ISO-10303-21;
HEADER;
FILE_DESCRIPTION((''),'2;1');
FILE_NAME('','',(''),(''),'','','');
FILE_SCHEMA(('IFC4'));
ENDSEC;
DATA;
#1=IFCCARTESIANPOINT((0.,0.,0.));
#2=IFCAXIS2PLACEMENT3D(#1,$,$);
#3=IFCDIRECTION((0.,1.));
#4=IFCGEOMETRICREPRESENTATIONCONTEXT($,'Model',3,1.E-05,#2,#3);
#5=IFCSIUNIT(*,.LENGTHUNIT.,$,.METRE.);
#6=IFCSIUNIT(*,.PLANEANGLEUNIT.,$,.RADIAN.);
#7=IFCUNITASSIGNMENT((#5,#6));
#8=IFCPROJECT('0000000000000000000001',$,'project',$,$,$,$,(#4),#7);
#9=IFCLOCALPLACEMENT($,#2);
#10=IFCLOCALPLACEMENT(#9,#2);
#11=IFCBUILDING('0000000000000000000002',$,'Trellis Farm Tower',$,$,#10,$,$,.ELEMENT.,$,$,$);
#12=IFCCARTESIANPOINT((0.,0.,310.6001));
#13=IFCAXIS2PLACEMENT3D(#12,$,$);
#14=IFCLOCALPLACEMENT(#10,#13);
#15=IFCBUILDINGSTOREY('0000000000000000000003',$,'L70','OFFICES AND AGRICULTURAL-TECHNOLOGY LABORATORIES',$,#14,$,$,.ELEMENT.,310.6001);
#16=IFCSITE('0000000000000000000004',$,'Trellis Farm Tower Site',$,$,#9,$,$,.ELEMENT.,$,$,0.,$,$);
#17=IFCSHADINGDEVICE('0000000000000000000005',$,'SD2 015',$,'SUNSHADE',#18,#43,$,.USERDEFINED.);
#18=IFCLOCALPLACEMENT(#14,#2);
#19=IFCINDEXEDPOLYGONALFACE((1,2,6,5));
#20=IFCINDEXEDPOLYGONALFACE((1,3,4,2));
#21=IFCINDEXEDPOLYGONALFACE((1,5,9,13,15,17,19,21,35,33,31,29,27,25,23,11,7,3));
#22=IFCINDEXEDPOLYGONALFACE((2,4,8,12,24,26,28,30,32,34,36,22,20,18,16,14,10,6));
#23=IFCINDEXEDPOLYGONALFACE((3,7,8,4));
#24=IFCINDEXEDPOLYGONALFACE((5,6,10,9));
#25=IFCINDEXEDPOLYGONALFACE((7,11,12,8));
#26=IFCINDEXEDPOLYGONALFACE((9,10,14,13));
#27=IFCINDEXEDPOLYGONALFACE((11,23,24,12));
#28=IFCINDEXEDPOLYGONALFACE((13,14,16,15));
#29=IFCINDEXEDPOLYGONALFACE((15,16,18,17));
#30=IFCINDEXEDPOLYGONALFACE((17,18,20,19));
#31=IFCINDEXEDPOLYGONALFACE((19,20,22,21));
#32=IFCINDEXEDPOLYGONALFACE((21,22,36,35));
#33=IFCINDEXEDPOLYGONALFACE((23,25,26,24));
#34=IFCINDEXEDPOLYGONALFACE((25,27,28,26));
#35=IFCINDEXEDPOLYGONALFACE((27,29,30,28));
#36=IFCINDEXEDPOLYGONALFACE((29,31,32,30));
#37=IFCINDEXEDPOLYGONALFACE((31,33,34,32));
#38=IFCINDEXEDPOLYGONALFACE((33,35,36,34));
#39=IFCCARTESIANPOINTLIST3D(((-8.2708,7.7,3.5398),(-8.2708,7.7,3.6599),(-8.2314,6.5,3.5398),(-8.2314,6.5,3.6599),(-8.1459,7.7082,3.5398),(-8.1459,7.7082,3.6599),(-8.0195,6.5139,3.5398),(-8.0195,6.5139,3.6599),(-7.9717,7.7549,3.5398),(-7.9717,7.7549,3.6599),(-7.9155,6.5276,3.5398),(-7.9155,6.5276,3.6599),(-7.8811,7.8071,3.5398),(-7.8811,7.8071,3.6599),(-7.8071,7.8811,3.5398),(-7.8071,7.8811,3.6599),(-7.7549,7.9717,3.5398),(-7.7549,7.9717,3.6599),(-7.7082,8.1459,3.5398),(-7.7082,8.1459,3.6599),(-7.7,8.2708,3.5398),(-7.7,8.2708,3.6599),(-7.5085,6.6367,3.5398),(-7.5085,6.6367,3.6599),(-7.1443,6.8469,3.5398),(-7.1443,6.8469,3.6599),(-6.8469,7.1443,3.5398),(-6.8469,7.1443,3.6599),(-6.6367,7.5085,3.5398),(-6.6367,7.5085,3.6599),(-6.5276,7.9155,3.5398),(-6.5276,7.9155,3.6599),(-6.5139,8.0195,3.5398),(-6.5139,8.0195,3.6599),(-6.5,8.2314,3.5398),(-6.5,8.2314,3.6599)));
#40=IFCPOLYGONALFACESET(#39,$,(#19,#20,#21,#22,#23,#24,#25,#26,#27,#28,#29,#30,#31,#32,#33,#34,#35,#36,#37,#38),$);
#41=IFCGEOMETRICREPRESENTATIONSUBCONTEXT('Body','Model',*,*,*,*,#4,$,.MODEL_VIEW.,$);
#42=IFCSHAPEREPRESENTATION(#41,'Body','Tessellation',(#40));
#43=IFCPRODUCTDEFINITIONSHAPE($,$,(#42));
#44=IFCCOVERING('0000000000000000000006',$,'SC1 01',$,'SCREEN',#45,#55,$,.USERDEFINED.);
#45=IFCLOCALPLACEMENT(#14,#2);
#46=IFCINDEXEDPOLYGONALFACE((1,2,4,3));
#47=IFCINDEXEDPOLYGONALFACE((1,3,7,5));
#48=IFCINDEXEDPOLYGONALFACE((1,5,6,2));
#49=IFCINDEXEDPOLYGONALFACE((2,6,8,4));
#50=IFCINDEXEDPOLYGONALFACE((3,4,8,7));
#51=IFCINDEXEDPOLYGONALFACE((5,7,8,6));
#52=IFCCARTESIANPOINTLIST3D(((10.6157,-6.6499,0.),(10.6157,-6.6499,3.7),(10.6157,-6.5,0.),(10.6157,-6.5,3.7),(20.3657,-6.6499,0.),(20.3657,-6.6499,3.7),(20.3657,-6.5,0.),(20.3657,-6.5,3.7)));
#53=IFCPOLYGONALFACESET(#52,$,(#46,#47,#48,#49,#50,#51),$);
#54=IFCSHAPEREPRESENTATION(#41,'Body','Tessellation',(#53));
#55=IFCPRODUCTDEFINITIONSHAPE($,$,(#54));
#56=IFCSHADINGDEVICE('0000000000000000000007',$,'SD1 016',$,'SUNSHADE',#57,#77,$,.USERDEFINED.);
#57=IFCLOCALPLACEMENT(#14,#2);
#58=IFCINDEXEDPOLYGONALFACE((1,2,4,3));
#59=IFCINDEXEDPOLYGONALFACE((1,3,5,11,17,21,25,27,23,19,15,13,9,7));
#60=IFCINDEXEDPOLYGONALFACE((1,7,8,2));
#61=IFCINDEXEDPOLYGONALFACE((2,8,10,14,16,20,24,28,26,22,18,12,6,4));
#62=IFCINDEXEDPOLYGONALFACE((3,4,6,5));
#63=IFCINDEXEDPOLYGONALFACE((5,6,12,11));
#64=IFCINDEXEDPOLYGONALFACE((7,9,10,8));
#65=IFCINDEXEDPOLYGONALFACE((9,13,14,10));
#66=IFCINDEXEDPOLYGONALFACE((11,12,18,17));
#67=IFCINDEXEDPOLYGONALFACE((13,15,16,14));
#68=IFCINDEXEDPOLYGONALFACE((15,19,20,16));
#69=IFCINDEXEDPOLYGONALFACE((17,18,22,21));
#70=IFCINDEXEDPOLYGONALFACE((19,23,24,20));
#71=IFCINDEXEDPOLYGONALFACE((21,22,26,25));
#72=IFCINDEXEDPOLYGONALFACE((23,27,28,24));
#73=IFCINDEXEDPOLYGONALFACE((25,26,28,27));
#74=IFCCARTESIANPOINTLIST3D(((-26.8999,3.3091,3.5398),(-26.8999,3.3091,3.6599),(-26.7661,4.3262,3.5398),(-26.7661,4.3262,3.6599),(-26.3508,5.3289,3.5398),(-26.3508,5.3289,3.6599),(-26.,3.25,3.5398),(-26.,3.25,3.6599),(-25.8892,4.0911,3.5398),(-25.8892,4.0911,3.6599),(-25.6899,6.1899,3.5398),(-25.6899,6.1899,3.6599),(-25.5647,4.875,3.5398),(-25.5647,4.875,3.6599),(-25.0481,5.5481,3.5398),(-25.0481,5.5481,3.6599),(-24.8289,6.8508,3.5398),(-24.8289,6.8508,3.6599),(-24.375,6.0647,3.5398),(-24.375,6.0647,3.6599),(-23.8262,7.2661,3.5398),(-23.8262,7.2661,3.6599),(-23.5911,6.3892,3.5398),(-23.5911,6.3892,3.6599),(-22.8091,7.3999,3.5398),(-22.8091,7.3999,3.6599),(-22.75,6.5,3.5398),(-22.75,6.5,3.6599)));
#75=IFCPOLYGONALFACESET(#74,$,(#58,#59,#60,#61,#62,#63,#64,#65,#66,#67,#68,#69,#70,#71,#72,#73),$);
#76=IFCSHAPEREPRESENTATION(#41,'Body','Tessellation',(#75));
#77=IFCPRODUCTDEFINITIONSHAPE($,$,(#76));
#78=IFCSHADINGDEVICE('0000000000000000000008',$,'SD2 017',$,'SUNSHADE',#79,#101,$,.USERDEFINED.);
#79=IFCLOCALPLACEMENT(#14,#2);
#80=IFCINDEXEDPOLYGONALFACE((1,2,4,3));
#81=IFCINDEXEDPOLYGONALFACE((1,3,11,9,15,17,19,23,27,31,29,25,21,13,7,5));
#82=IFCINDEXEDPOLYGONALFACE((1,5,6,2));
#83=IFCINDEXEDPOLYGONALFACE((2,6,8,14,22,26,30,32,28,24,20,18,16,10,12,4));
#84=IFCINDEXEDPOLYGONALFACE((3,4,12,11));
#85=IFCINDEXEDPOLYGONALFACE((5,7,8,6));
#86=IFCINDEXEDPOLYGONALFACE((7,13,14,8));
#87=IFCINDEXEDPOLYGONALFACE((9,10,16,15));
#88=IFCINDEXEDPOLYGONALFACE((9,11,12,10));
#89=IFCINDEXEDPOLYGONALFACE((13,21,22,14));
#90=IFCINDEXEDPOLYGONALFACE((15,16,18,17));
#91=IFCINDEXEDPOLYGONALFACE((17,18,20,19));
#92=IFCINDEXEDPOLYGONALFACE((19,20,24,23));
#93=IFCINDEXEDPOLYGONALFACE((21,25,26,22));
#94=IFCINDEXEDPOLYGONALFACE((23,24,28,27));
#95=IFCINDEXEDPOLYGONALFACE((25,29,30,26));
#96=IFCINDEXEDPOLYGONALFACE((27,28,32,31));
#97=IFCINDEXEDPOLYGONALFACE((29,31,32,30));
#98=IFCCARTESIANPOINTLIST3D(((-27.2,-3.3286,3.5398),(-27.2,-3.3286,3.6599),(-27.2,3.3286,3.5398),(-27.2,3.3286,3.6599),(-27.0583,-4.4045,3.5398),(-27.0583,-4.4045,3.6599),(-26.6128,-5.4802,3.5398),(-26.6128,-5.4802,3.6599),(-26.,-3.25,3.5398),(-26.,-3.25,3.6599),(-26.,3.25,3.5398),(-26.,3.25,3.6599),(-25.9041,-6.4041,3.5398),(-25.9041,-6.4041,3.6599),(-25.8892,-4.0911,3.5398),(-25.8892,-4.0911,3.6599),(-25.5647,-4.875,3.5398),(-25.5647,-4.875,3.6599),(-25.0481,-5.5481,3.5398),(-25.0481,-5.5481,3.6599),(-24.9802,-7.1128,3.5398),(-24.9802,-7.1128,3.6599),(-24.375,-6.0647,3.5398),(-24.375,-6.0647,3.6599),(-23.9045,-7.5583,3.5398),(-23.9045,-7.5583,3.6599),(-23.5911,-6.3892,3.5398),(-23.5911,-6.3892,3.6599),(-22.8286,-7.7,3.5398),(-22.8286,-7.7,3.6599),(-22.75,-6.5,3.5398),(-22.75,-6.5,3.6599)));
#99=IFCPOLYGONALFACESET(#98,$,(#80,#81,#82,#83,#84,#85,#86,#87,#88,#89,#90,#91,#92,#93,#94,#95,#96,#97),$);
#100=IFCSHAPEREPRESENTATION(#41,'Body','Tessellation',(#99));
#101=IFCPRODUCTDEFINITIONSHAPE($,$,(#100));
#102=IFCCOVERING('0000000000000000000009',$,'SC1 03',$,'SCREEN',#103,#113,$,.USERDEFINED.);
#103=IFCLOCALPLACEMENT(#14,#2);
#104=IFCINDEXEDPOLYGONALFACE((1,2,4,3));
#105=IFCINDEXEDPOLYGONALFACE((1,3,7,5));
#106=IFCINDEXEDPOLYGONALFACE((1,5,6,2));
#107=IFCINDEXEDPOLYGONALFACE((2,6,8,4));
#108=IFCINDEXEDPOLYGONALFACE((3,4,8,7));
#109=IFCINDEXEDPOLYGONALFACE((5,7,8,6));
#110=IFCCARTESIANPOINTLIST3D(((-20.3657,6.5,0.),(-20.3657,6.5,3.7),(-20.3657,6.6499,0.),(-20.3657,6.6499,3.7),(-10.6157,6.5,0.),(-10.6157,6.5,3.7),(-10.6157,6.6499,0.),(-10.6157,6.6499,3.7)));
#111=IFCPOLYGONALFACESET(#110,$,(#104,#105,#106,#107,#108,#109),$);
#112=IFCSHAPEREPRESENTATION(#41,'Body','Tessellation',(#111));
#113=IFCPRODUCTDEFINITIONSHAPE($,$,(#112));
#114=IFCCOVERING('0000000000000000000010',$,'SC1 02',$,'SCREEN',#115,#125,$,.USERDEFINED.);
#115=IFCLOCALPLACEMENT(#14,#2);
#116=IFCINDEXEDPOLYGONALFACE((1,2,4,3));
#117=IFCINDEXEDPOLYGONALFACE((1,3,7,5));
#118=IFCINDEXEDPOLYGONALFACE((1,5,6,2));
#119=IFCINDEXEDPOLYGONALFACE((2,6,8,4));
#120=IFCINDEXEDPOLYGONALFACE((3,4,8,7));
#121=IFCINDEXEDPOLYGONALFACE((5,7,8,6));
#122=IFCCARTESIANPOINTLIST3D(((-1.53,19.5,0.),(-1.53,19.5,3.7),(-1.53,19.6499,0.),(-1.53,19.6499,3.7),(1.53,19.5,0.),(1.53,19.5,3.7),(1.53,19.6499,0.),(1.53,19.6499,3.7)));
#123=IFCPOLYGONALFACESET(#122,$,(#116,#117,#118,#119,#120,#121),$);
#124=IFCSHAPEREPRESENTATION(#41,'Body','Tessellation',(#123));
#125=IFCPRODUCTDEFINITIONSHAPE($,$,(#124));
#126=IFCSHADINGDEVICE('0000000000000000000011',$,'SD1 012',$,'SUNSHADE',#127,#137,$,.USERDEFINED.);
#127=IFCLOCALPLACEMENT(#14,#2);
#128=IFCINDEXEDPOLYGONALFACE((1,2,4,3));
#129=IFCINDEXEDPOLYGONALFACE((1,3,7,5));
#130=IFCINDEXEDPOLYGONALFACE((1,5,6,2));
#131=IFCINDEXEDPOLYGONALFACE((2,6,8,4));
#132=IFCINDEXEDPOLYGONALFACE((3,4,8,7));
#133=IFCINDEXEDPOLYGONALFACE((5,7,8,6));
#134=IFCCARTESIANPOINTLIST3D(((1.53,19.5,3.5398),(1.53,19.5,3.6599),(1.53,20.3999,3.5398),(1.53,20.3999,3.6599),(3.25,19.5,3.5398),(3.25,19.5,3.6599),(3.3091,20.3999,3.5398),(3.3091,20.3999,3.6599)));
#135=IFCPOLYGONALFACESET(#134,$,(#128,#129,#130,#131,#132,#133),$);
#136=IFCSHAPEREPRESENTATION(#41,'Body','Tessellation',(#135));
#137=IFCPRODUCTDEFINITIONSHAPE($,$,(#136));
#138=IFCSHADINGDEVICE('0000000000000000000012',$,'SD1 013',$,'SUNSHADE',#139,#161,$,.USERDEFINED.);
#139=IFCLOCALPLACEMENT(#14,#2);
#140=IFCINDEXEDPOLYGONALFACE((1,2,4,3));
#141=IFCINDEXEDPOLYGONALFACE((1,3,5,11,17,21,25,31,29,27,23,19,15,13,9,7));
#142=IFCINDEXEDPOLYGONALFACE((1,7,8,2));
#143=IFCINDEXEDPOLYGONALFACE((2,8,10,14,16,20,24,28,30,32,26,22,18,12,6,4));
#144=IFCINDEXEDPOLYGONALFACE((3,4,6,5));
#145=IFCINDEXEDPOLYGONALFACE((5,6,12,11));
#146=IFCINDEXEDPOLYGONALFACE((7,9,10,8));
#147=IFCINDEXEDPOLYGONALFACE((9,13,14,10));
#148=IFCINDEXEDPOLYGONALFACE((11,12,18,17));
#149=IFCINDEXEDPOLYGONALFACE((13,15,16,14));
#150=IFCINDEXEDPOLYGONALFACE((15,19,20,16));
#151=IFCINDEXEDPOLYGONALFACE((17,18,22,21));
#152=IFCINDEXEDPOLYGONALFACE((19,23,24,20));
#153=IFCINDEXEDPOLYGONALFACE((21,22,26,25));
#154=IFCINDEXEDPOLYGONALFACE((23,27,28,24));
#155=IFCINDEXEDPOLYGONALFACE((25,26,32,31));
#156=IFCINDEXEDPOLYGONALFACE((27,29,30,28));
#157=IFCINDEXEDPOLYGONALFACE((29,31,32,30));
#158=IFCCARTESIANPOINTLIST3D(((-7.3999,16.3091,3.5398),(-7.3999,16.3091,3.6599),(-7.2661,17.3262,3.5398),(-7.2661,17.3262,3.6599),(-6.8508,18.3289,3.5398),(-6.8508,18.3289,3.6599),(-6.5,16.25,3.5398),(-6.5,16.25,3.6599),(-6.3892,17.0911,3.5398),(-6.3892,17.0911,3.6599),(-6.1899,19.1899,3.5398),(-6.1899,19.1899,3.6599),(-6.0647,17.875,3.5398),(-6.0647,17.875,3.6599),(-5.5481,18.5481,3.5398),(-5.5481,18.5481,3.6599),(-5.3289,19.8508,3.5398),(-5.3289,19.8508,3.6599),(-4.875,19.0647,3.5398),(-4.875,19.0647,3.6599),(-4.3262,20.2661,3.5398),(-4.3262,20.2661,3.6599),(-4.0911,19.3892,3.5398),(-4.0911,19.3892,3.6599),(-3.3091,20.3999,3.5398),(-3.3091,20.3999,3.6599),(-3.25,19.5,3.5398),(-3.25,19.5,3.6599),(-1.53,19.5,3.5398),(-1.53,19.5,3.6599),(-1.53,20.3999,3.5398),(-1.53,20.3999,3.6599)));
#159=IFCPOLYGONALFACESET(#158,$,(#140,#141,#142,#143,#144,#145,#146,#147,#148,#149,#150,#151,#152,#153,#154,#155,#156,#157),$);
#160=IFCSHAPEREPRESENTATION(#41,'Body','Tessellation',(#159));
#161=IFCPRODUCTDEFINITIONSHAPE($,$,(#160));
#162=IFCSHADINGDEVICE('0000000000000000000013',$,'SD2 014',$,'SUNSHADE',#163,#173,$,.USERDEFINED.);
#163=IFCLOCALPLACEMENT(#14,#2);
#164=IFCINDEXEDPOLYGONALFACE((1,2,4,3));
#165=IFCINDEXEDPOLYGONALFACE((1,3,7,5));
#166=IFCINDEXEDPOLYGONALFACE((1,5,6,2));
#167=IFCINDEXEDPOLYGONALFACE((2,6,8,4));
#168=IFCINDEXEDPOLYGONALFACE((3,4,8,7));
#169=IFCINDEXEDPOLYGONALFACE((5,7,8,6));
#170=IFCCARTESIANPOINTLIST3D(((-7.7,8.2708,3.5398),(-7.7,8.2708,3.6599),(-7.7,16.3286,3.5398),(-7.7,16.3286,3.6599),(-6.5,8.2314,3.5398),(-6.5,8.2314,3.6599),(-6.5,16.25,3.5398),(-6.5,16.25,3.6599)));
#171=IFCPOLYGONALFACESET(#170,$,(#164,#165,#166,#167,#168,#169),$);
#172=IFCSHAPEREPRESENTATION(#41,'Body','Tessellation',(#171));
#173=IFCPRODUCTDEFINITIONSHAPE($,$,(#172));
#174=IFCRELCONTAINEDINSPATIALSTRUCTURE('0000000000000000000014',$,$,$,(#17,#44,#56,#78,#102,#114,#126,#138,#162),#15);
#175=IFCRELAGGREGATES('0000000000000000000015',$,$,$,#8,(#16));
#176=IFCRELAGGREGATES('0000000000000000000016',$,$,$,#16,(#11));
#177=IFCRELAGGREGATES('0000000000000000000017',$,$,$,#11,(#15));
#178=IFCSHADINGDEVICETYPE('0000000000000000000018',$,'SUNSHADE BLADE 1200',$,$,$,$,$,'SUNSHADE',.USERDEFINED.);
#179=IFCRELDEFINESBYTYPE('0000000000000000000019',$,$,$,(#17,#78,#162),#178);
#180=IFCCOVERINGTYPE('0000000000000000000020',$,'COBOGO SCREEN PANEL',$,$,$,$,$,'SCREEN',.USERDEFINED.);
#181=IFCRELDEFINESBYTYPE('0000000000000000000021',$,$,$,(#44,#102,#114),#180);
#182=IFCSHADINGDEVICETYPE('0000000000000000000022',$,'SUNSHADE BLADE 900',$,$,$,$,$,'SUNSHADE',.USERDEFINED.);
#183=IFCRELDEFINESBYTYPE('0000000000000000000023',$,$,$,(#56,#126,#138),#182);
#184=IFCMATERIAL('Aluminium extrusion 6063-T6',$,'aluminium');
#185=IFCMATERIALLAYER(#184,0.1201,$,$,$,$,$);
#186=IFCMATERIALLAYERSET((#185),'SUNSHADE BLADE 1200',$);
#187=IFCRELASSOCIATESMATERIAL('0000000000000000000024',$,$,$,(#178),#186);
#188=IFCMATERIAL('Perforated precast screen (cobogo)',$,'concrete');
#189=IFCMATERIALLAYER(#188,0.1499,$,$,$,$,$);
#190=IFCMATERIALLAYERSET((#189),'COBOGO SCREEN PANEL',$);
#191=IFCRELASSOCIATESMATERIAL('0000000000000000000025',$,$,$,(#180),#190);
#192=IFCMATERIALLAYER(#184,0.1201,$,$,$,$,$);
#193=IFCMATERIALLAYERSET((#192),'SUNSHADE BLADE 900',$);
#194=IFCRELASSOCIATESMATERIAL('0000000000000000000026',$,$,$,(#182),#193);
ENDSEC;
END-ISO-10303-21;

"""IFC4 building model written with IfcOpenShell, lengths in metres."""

from ifc_helpers import new_model, si_unit, direction, frame, origin, place, context, subcontext, project, spatial, polyline, outline, extrude, source, transform, mapped, material, layer, layer_set, type_object, element, save


model = new_model("IFC4")

# Units and contexts
model_context = context("Model", 3, precision=1e-05, world=origin(), true_north=direction((0.0, 1.0)))
body_context = subcontext(model_context, "Body", "Model", "MODEL_VIEW")
ifc_project = project(units=[si_unit("LENGTHUNIT", "METRE"), si_unit("PLANEANGLEUNIT", "RADIAN")], contexts=[model_context])

# Site, building, storey
site_placement = place(None, origin())
site = spatial("IfcSite", under=ifc_project, at=site_placement, Name="Trellis Farm Tower Site", CompositionType="ELEMENT", RefElevation=0.0)
building_placement = place(site_placement, origin())
building = spatial("IfcBuilding", under=site, at=building_placement, Name="Trellis Farm Tower", CompositionType="ELEMENT")
storey_placement = place(building_placement, frame((0.0, 0.0, 310.6001)))
storey = spatial("IfcBuildingStorey", under=building, at=storey_placement, Name="L70", Description="OFFICES AND AGRICULTURAL-TECHNOLOGY LABORATORIES", CompositionType="ELEMENT", Elevation=310.6001)

# Shared definitions
placement_1 = place(storey_placement, origin())
ifc_material_1 = material(Name="Aluminium extrusion 6063-T6", Category="aluminium")

# Shading device
ifc_layer_1 = layer(ifc_material_1, 0.1201)
ifc_layer_set_1 = layer_set([ifc_layer_1], Name="SUNSHADE BLADE 1200")
shading_device_type_1 = type_object("IfcShadingDeviceType", Name="SUNSHADE BLADE 1200", ElementType="SUNSHADE", PredefinedType="USERDEFINED", material=ifc_layer_set_1)
shared_shape_1 = source(origin(), body_context, "Body", "SweptSolid", [
    extrude(outline(polyline([(-7.7, 8.2708), (-7.7087, 8.1372), (-7.707, 8.1501), (-7.7549, 7.9717), (-7.8071, 7.8811), (-7.8811, 7.8071), (-7.9717, 7.7549), (-8.1501, 7.707), (-8.1372, 7.7087), (-8.2708, 7.7), (-8.2314, 6.5), (-8.0195, 6.5139), (-7.9155, 6.5276), (-7.5085, 6.6367), (-7.1443, 6.8469), (-6.8469, 7.1443), (-6.6367, 7.5085), (-6.5276, 7.9155), (-6.5139, 8.0195), (-6.5, 8.2314), (-7.7, 8.2708)])), origin(), (0.0, 0.0, 1.0), 0.1201),
])
placement_2 = place(storey_placement, frame((0.0, 0.0, 3.5398)))
element("IfcShadingDevice", 1, at=placement_2, inside=storey, type_object=shading_device_type_1, Name="SD2 015", ObjectType="SUNSHADE", PredefinedType="USERDEFINED", context=body_context, shape_type="MappedRepresentation", body=[
    mapped(shared_shape_1, transform((0.0, 0.0, 0.0))),
])

# Covering
ifc_material_2 = material(Name="Perforated precast screen (cobogo)", Category="concrete")
ifc_layer_2 = layer(ifc_material_2, 0.1499)
ifc_layer_set_2 = layer_set([ifc_layer_2], Name="COBOGO SCREEN PANEL")
covering_type = type_object("IfcCoveringType", Name="COBOGO SCREEN PANEL", ElementType="SCREEN", PredefinedType="USERDEFINED", material=ifc_layer_set_2)
shared_shape_2 = source(origin(), body_context, "Body", "SweptSolid", [
    extrude(outline(polyline([(10.6157, -6.6499), (20.3657, -6.6499), (20.3657, -6.5), (10.6157, -6.5), (10.6157, -6.6499)])), origin(), (0.0, 0.0, 1.0), 3.7),
])
element("IfcCovering", 2, at=placement_1, inside=storey, type_object=covering_type, Name="SC1 01", ObjectType="SCREEN", PredefinedType="USERDEFINED", context=body_context, shape_type="MappedRepresentation", body=[
    mapped(shared_shape_2, transform((0.0, 0.0, 0.0))),
])

# Shading devices
ifc_layer_3 = layer(ifc_material_1, 0.1201)
ifc_layer_set_3 = layer_set([ifc_layer_3], Name="SUNSHADE BLADE 900")
shading_device_type_2 = type_object("IfcShadingDeviceType", Name="SUNSHADE BLADE 900", ElementType="SUNSHADE", PredefinedType="USERDEFINED", material=ifc_layer_set_3)
shared_shape_3 = source(origin(), body_context, "Body", "SweptSolid", [
    extrude(outline(polyline([(-22.8091, 7.3999), (-23.8262, 7.2661), (-24.8289, 6.8508), (-25.6899, 6.1899), (-26.3508, 5.3289), (-26.7661, 4.3262), (-26.8999, 3.3091), (-26.0, 3.25), (-25.8892, 4.0911), (-25.5647, 4.875), (-25.0481, 5.5481), (-24.375, 6.0647), (-23.5911, 6.3892), (-22.75, 6.5), (-22.8091, 7.3999)])), origin(), (0.0, 0.0, 1.0), 0.1201),
])
element("IfcShadingDevice", 3, at=placement_2, inside=storey, type_object=shading_device_type_2, Name="SD1 016", ObjectType="SUNSHADE", PredefinedType="USERDEFINED", context=body_context, shape_type="MappedRepresentation", body=[
    mapped(shared_shape_3, transform((0.0, 0.0, 0.0))),
])
shared_shape_4 = source(origin(), body_context, "Body", "SweptSolid", [
    extrude(outline(polyline([(-27.2, 3.3286), (-27.2, -3.3286), (-27.0583, -4.4045), (-26.6128, -5.4802), (-25.9041, -6.4041), (-24.9802, -7.1128), (-23.9045, -7.5583), (-22.8286, -7.7), (-22.75, -6.5), (-23.5911, -6.3892), (-24.375, -6.0647), (-25.0481, -5.5481), (-25.5647, -4.875), (-25.8892, -4.0911), (-26.0, -3.25), (-26.0, 3.25), (-27.2, 3.3286)])), origin(), (0.0, 0.0, 1.0), 0.1201),
])
element("IfcShadingDevice", 4, at=placement_2, inside=storey, type_object=shading_device_type_1, Name="SD2 017", ObjectType="SUNSHADE", PredefinedType="USERDEFINED", context=body_context, shape_type="MappedRepresentation", body=[
    mapped(shared_shape_4, transform((0.0, 0.0, 0.0))),
])

# Coverings
shared_shape_5 = source(origin(), body_context, "Body", "SweptSolid", [
    extrude(outline(polyline([(-10.6157, 6.6499), (-20.3657, 6.6499), (-20.3657, 6.5), (-10.6157, 6.5), (-10.6157, 6.6499)])), origin(), (0.0, 0.0, 1.0), 3.7),
])
element("IfcCovering", 5, at=placement_1, inside=storey, type_object=covering_type, Name="SC1 03", ObjectType="SCREEN", PredefinedType="USERDEFINED", context=body_context, shape_type="MappedRepresentation", body=[
    mapped(shared_shape_5, transform((0.0, 0.0, 0.0))),
])
shared_shape_6 = source(origin(), body_context, "Body", "SweptSolid", [
    extrude(outline(polyline([(1.53, 19.6499), (-1.53, 19.6499), (-1.53, 19.5), (1.53, 19.5), (1.53, 19.6499)])), origin(), (0.0, 0.0, 1.0), 3.7),
])
element("IfcCovering", 6, at=placement_1, inside=storey, type_object=covering_type, Name="SC1 02", ObjectType="SCREEN", PredefinedType="USERDEFINED", context=body_context, shape_type="MappedRepresentation", body=[
    mapped(shared_shape_6, transform((0.0, 0.0, 0.0))),
])

# Shading devices
shared_shape_7 = source(origin(), body_context, "Body", "SweptSolid", [
    extrude(outline(polyline([(3.3091, 20.3999), (1.53, 20.3999), (1.53, 19.5), (3.25, 19.5), (3.3091, 20.3999)])), origin(), (0.0, 0.0, 1.0), 0.1201),
])
element("IfcShadingDevice", 7, at=placement_2, inside=storey, type_object=shading_device_type_2, Name="SD1 012", ObjectType="SUNSHADE", PredefinedType="USERDEFINED", context=body_context, shape_type="MappedRepresentation", body=[
    mapped(shared_shape_7, transform((0.0, 0.0, 0.0))),
])
shared_shape_8 = source(origin(), body_context, "Body", "SweptSolid", [
    extrude(outline(polyline([(-1.53, 20.3999), (-3.3091, 20.3999), (-4.3262, 20.2661), (-5.3289, 19.8508), (-6.1899, 19.1899), (-6.8508, 18.3289), (-7.2661, 17.3262), (-7.3999, 16.3091), (-6.5, 16.25), (-6.3892, 17.0911), (-6.0647, 17.875), (-5.5481, 18.5481), (-4.875, 19.0647), (-4.0911, 19.3892), (-3.25, 19.5), (-1.53, 19.5), (-1.53, 20.3999)])), origin(), (0.0, 0.0, 1.0), 0.1201),
])
element("IfcShadingDevice", 8, at=placement_2, inside=storey, type_object=shading_device_type_2, Name="SD1 013", ObjectType="SUNSHADE", PredefinedType="USERDEFINED", context=body_context, shape_type="MappedRepresentation", body=[
    mapped(shared_shape_8, transform((0.0, 0.0, 0.0))),
])
shared_shape_9 = source(origin(), body_context, "Body", "SweptSolid", [
    extrude(outline(polyline([(-7.7, 16.3286), (-7.7, 8.2708), (-6.5, 8.2314), (-6.5, 16.25), (-7.7, 16.3286)])), origin(), (0.0, 0.0, 1.0), 0.1201),
])
element("IfcShadingDevice", 9, at=placement_2, inside=storey, type_object=shading_device_type_1, Name="SD2 014", ObjectType="SUNSHADE", PredefinedType="USERDEFINED", context=body_context, shape_type="MappedRepresentation", body=[
    mapped(shared_shape_9, transform((0.0, 0.0, 0.0))),
])

save(model, "model.ifc")
